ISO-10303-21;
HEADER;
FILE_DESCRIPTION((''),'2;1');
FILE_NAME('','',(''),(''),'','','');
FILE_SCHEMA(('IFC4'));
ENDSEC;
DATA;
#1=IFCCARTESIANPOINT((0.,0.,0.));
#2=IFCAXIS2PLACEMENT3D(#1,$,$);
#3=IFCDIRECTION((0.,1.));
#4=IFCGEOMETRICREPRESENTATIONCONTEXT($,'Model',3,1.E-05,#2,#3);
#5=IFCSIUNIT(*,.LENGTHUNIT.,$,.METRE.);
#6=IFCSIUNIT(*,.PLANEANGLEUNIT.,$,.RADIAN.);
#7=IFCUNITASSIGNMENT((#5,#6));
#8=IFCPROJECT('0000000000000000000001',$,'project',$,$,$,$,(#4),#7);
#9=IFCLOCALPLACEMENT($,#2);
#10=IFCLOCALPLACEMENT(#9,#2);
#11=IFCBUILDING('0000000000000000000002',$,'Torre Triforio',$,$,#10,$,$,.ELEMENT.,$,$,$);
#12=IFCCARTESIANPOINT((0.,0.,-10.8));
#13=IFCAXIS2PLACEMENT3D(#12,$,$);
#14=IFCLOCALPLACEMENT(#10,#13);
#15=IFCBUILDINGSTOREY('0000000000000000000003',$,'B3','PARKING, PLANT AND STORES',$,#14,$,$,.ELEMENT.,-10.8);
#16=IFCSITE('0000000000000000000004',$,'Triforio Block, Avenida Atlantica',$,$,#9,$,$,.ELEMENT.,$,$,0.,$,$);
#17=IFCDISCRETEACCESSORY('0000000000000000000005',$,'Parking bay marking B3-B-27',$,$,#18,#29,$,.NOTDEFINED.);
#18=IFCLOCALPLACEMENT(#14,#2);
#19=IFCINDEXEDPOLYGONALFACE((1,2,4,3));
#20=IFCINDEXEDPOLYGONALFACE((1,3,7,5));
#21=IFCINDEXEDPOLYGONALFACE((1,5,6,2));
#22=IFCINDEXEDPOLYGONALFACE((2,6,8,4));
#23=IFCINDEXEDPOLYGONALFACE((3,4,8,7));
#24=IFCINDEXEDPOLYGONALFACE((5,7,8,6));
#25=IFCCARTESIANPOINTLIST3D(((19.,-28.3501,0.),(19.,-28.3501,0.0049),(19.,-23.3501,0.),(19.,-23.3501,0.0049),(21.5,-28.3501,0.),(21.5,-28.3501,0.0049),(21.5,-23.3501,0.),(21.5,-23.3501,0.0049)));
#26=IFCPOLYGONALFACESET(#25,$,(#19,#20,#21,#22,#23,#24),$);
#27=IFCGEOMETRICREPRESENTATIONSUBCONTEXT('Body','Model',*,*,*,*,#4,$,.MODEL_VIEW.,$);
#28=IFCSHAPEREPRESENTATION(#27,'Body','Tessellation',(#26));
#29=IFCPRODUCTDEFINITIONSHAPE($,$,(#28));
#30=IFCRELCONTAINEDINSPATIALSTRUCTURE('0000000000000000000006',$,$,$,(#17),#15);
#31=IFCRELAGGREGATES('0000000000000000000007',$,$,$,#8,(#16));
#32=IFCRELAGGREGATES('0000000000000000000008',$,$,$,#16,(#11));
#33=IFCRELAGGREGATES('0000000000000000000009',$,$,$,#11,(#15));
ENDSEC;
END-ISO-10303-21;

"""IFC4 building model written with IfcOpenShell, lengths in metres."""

from ifc_helpers import new_model, si_unit, direction, frame, origin, origin_2d, place, context, subcontext, project, spatial, rectangle, extrude, element, save


model = new_model("IFC4")

# Units and contexts
model_context = context("Model", 3, precision=1e-05, world=origin(), true_north=direction((0.0, 1.0)))
body_context = subcontext(model_context, "Body", "Model", "MODEL_VIEW")
ifc_project = project(units=[si_unit("LENGTHUNIT", "METRE"), si_unit("PLANEANGLEUNIT", "RADIAN")], contexts=[model_context])

# Site, building, storey
site_placement = place(None, origin())
site = spatial("IfcSite", under=ifc_project, at=site_placement, Name="Triforio Block, Avenida Atlantica", CompositionType="ELEMENT", RefElevation=0.0)
building_placement = place(site_placement, origin())
building = spatial("IfcBuilding", under=site, at=building_placement, Name="Torre Triforio", CompositionType="ELEMENT")
storey_placement = place(building_placement, frame((0.0, 0.0, -10.8)))
storey = spatial("IfcBuildingStorey", under=building, at=storey_placement, Name="B3", Description="PARKING, PLANT AND STORES", CompositionType="ELEMENT", Elevation=-10.8)

# Discrete accessory
for number, where, z_axis, x_axis, name in (
    (1, (20.25, -25.8501, 0.0), (0.0, 0.0, 1.0), (1.0, 0.0, 0.0), "Parking bay marking B3-B-27"),
):
    element("IfcDiscreteAccessory", number, at=place(storey_placement, frame(where, z_axis=z_axis, x_axis=x_axis)), inside=storey, Name=name, PredefinedType="NOTDEFINED", context=body_context, shape_type="SweptSolid", body=[
        extrude(rectangle(XDim=2.5, YDim=5.0, at=origin_2d()), origin(), (0.0, 0.0, 1.0), 0.0049),
    ])

save(model, "model.ifc")
